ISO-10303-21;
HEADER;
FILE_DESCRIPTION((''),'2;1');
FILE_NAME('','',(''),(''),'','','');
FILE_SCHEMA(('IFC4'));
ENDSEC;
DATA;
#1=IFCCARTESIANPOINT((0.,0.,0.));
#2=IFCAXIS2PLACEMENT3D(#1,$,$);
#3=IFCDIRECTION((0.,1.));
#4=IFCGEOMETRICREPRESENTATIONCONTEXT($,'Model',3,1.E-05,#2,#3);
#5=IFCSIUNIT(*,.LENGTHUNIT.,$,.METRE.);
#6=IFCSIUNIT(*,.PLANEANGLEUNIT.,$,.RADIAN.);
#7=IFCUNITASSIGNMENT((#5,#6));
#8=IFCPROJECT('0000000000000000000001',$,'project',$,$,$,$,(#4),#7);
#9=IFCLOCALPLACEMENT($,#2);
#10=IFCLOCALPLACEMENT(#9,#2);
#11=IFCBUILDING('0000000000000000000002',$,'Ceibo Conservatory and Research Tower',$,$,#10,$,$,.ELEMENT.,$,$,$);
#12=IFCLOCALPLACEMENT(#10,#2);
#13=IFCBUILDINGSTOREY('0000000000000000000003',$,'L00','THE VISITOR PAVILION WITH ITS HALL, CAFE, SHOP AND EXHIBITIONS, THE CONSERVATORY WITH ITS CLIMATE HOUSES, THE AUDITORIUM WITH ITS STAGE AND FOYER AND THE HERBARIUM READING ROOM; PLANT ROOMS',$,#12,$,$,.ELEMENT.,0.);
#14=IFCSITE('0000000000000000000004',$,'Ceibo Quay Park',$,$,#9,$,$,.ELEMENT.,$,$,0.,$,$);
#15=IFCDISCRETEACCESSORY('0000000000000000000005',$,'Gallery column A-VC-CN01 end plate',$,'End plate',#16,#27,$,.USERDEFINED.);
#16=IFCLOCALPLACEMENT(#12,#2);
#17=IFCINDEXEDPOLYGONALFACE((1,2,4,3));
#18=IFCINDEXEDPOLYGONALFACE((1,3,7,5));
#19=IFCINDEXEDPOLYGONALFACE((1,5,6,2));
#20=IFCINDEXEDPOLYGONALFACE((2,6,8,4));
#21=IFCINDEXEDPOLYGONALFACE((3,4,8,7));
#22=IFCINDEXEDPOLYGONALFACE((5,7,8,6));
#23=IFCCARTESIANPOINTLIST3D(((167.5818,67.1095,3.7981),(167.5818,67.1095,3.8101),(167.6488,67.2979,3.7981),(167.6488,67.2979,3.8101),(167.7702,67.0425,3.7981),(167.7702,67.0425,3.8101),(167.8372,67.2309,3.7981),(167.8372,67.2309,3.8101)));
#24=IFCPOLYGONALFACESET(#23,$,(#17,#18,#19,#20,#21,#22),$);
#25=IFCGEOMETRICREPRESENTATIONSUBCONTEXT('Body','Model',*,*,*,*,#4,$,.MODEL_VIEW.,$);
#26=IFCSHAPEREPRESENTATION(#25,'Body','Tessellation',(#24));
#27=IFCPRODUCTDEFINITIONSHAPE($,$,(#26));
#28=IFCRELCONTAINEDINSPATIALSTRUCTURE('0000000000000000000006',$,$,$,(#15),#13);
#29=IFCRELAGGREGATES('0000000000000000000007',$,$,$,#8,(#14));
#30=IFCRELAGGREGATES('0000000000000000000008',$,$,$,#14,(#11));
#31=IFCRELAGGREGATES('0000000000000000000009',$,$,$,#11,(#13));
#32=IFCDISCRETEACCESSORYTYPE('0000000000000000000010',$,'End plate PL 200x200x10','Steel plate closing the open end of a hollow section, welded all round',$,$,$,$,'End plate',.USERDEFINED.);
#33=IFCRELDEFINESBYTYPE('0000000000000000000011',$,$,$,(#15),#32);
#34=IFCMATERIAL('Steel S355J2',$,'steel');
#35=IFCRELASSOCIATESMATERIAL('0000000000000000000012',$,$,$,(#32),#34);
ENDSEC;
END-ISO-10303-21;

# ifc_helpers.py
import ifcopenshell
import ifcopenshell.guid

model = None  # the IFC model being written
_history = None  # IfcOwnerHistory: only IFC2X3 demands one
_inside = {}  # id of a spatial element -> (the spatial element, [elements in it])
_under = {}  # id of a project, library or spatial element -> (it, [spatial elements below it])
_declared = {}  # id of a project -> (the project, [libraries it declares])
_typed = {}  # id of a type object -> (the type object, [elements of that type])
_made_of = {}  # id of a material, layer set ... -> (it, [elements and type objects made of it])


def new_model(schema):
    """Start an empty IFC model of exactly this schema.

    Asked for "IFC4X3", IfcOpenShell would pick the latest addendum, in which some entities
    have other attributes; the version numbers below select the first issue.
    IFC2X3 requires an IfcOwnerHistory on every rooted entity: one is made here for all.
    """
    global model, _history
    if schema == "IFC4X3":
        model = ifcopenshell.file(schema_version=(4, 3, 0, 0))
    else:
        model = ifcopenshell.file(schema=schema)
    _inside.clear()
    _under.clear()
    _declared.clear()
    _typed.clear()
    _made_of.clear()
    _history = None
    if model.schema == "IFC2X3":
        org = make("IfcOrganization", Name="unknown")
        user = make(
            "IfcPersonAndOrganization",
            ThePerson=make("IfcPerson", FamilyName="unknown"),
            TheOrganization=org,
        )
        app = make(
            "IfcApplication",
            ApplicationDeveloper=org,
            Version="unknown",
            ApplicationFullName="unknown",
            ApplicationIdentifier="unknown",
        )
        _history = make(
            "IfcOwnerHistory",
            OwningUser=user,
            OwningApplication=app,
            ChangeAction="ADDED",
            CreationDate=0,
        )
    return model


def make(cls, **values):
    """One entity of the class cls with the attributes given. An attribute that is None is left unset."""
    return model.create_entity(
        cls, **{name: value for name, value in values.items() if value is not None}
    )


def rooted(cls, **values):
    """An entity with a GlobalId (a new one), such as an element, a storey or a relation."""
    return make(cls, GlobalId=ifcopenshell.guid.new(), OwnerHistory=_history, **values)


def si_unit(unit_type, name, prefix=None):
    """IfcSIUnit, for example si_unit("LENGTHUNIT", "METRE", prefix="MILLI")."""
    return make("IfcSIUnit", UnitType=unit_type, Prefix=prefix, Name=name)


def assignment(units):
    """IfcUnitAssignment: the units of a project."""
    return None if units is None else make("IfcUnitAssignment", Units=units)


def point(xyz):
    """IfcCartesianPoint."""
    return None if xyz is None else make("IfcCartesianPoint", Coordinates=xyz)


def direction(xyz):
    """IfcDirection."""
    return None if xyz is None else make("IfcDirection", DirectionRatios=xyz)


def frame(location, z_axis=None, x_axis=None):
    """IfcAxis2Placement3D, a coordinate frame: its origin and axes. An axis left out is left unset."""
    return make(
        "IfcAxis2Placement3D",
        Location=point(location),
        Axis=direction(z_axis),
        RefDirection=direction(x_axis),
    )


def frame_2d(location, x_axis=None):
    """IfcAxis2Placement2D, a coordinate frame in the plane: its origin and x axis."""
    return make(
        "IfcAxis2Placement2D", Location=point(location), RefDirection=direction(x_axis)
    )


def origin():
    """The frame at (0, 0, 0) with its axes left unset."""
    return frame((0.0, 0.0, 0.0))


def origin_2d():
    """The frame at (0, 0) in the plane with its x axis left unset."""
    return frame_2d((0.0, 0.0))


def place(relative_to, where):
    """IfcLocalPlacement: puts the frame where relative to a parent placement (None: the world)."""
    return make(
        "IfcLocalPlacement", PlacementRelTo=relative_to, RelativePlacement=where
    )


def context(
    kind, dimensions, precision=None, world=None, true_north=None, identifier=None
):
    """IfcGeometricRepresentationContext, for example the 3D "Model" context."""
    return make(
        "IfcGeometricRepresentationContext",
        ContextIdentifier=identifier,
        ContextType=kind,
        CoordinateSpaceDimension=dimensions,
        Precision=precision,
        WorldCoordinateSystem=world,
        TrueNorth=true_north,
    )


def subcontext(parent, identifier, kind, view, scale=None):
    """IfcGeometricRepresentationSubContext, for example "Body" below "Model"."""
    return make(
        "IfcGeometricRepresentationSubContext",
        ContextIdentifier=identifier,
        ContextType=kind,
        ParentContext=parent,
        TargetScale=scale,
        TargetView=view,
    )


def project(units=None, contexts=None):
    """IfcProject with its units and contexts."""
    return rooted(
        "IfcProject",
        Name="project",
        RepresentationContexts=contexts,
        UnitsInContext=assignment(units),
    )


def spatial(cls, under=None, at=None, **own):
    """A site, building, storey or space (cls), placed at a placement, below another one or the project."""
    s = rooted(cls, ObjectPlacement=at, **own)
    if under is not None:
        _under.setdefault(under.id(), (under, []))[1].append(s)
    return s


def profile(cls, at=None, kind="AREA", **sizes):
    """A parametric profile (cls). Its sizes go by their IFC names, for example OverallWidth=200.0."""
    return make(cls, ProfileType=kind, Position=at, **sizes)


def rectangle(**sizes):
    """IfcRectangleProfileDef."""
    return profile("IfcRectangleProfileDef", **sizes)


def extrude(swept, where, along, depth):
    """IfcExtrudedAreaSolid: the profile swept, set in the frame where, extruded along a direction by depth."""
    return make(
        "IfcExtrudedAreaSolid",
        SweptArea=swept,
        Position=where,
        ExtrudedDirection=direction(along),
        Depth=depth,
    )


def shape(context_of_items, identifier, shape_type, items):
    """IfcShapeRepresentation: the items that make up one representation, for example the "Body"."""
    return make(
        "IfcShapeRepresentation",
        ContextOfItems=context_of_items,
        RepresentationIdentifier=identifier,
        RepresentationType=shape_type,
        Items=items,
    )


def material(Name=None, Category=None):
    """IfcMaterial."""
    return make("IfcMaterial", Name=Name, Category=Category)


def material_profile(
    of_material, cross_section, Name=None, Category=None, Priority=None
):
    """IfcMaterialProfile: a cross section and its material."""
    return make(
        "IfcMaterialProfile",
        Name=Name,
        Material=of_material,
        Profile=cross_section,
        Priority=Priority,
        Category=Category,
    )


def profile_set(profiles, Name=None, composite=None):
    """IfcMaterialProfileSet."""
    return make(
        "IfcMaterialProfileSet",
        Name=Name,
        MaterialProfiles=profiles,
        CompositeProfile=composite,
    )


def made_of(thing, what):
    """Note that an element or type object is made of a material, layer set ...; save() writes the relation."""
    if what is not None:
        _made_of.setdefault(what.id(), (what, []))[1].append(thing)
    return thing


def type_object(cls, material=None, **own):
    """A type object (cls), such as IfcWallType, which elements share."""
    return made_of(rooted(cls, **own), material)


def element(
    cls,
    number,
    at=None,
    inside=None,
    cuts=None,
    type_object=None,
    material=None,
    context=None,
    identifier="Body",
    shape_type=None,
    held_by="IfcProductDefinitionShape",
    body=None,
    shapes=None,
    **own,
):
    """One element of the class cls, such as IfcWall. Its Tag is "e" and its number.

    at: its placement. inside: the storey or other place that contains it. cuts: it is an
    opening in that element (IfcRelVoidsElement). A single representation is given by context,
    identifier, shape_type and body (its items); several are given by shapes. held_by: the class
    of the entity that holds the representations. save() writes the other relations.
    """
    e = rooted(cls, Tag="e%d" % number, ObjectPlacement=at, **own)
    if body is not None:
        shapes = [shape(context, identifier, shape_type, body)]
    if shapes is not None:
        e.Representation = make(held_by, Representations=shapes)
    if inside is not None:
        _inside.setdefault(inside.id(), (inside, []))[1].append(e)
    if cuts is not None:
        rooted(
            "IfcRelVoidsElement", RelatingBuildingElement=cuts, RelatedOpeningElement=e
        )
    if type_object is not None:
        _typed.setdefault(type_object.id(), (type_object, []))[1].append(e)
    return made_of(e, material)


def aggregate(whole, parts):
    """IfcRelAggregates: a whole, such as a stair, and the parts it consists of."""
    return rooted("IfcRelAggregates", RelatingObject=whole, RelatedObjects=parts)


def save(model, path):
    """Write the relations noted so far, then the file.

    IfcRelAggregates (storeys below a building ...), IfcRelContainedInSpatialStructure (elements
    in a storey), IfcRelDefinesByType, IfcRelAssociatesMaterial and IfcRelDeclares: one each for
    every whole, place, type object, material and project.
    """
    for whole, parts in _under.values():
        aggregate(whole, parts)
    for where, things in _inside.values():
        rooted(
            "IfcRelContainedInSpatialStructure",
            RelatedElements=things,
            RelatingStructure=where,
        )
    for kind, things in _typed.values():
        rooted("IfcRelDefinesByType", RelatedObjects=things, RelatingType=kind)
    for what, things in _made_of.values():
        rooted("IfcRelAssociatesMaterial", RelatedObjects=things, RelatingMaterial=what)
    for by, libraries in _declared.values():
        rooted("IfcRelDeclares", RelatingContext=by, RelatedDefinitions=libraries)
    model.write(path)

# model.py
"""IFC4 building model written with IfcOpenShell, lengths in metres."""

from ifc_helpers import new_model, si_unit, direction, frame, origin, origin_2d, place, context, subcontext, project, spatial, rectangle, extrude, material, material_profile, profile_set, type_object, element, save


model = new_model("IFC4")

# Units and contexts
model_context = context("Model", 3, precision=1e-05, world=origin(), true_north=direction((0.0, 1.0)))
body_context = subcontext(model_context, "Body", "Model", "MODEL_VIEW")
ifc_project = project(units=[si_unit("LENGTHUNIT", "METRE"), si_unit("PLANEANGLEUNIT", "RADIAN")], contexts=[model_context])

# Site, building, storey
site_placement = place(None, origin())
site = spatial("IfcSite", under=ifc_project, at=site_placement, Name="Ceibo Quay Park", CompositionType="ELEMENT", RefElevation=0.0)
building_placement = place(site_placement, origin())
building = spatial("IfcBuilding", under=site, at=building_placement, Name="Ceibo Conservatory and Research Tower", CompositionType="ELEMENT")
storey_placement = place(building_placement, origin())
storey = spatial("IfcBuildingStorey", under=building, at=storey_placement, Name="L00", Description="THE VISITOR PAVILION WITH ITS HALL, CAFE, SHOP AND EXHIBITIONS, THE CONSERVATORY WITH ITS CLIMATE HOUSES, THE AUDITORIUM WITH ITS STAGE AND FOYER AND THE HERBARIUM READING ROOM; PLANT ROOMS", CompositionType="ELEMENT", Elevation=0.0)

# Shared definitions
ifc_material_1 = material(Name="Steel S355J2", Category="steel")

# Discrete accessory
ifc_material_profile_1 = material_profile(ifc_material_1, rectangle(XDim=0.2, YDim=0.2, at=origin_2d()), Name="End plate PL 200x200x10")
ifc_profile_set_1 = profile_set([ifc_material_profile_1], Name="Steel S355J2")
discrete_accessory_type_1 = type_object("IfcDiscreteAccessoryType", Name="End plate PL 200x200x10", Description="Steel plate closing the open end of a hollow section, welded all round", ElementType="End plate", PredefinedType="USERDEFINED", material=ifc_profile_set_1)
discrete_accessory_1_placement = place(storey_placement, frame((167.7095, 67.1702, 3.7981), z_axis=(0.0, 0.0, 1.0), x_axis=(-0.33504, -0.942204, 0.0)))
element("IfcDiscreteAccessory", 1, at=discrete_accessory_1_placement, inside=storey, type_object=discrete_accessory_type_1, Name="Gallery column A-VC-CN01 end plate", ObjectType="End plate", PredefinedType="USERDEFINED", context=body_context, shape_type="SweptSolid", body=[
    extrude(rectangle(XDim=0.2, YDim=0.2, at=origin_2d()), origin(), (0.0, 0.0, 1.0), 0.012),
])

save(model, "model.ifc")
